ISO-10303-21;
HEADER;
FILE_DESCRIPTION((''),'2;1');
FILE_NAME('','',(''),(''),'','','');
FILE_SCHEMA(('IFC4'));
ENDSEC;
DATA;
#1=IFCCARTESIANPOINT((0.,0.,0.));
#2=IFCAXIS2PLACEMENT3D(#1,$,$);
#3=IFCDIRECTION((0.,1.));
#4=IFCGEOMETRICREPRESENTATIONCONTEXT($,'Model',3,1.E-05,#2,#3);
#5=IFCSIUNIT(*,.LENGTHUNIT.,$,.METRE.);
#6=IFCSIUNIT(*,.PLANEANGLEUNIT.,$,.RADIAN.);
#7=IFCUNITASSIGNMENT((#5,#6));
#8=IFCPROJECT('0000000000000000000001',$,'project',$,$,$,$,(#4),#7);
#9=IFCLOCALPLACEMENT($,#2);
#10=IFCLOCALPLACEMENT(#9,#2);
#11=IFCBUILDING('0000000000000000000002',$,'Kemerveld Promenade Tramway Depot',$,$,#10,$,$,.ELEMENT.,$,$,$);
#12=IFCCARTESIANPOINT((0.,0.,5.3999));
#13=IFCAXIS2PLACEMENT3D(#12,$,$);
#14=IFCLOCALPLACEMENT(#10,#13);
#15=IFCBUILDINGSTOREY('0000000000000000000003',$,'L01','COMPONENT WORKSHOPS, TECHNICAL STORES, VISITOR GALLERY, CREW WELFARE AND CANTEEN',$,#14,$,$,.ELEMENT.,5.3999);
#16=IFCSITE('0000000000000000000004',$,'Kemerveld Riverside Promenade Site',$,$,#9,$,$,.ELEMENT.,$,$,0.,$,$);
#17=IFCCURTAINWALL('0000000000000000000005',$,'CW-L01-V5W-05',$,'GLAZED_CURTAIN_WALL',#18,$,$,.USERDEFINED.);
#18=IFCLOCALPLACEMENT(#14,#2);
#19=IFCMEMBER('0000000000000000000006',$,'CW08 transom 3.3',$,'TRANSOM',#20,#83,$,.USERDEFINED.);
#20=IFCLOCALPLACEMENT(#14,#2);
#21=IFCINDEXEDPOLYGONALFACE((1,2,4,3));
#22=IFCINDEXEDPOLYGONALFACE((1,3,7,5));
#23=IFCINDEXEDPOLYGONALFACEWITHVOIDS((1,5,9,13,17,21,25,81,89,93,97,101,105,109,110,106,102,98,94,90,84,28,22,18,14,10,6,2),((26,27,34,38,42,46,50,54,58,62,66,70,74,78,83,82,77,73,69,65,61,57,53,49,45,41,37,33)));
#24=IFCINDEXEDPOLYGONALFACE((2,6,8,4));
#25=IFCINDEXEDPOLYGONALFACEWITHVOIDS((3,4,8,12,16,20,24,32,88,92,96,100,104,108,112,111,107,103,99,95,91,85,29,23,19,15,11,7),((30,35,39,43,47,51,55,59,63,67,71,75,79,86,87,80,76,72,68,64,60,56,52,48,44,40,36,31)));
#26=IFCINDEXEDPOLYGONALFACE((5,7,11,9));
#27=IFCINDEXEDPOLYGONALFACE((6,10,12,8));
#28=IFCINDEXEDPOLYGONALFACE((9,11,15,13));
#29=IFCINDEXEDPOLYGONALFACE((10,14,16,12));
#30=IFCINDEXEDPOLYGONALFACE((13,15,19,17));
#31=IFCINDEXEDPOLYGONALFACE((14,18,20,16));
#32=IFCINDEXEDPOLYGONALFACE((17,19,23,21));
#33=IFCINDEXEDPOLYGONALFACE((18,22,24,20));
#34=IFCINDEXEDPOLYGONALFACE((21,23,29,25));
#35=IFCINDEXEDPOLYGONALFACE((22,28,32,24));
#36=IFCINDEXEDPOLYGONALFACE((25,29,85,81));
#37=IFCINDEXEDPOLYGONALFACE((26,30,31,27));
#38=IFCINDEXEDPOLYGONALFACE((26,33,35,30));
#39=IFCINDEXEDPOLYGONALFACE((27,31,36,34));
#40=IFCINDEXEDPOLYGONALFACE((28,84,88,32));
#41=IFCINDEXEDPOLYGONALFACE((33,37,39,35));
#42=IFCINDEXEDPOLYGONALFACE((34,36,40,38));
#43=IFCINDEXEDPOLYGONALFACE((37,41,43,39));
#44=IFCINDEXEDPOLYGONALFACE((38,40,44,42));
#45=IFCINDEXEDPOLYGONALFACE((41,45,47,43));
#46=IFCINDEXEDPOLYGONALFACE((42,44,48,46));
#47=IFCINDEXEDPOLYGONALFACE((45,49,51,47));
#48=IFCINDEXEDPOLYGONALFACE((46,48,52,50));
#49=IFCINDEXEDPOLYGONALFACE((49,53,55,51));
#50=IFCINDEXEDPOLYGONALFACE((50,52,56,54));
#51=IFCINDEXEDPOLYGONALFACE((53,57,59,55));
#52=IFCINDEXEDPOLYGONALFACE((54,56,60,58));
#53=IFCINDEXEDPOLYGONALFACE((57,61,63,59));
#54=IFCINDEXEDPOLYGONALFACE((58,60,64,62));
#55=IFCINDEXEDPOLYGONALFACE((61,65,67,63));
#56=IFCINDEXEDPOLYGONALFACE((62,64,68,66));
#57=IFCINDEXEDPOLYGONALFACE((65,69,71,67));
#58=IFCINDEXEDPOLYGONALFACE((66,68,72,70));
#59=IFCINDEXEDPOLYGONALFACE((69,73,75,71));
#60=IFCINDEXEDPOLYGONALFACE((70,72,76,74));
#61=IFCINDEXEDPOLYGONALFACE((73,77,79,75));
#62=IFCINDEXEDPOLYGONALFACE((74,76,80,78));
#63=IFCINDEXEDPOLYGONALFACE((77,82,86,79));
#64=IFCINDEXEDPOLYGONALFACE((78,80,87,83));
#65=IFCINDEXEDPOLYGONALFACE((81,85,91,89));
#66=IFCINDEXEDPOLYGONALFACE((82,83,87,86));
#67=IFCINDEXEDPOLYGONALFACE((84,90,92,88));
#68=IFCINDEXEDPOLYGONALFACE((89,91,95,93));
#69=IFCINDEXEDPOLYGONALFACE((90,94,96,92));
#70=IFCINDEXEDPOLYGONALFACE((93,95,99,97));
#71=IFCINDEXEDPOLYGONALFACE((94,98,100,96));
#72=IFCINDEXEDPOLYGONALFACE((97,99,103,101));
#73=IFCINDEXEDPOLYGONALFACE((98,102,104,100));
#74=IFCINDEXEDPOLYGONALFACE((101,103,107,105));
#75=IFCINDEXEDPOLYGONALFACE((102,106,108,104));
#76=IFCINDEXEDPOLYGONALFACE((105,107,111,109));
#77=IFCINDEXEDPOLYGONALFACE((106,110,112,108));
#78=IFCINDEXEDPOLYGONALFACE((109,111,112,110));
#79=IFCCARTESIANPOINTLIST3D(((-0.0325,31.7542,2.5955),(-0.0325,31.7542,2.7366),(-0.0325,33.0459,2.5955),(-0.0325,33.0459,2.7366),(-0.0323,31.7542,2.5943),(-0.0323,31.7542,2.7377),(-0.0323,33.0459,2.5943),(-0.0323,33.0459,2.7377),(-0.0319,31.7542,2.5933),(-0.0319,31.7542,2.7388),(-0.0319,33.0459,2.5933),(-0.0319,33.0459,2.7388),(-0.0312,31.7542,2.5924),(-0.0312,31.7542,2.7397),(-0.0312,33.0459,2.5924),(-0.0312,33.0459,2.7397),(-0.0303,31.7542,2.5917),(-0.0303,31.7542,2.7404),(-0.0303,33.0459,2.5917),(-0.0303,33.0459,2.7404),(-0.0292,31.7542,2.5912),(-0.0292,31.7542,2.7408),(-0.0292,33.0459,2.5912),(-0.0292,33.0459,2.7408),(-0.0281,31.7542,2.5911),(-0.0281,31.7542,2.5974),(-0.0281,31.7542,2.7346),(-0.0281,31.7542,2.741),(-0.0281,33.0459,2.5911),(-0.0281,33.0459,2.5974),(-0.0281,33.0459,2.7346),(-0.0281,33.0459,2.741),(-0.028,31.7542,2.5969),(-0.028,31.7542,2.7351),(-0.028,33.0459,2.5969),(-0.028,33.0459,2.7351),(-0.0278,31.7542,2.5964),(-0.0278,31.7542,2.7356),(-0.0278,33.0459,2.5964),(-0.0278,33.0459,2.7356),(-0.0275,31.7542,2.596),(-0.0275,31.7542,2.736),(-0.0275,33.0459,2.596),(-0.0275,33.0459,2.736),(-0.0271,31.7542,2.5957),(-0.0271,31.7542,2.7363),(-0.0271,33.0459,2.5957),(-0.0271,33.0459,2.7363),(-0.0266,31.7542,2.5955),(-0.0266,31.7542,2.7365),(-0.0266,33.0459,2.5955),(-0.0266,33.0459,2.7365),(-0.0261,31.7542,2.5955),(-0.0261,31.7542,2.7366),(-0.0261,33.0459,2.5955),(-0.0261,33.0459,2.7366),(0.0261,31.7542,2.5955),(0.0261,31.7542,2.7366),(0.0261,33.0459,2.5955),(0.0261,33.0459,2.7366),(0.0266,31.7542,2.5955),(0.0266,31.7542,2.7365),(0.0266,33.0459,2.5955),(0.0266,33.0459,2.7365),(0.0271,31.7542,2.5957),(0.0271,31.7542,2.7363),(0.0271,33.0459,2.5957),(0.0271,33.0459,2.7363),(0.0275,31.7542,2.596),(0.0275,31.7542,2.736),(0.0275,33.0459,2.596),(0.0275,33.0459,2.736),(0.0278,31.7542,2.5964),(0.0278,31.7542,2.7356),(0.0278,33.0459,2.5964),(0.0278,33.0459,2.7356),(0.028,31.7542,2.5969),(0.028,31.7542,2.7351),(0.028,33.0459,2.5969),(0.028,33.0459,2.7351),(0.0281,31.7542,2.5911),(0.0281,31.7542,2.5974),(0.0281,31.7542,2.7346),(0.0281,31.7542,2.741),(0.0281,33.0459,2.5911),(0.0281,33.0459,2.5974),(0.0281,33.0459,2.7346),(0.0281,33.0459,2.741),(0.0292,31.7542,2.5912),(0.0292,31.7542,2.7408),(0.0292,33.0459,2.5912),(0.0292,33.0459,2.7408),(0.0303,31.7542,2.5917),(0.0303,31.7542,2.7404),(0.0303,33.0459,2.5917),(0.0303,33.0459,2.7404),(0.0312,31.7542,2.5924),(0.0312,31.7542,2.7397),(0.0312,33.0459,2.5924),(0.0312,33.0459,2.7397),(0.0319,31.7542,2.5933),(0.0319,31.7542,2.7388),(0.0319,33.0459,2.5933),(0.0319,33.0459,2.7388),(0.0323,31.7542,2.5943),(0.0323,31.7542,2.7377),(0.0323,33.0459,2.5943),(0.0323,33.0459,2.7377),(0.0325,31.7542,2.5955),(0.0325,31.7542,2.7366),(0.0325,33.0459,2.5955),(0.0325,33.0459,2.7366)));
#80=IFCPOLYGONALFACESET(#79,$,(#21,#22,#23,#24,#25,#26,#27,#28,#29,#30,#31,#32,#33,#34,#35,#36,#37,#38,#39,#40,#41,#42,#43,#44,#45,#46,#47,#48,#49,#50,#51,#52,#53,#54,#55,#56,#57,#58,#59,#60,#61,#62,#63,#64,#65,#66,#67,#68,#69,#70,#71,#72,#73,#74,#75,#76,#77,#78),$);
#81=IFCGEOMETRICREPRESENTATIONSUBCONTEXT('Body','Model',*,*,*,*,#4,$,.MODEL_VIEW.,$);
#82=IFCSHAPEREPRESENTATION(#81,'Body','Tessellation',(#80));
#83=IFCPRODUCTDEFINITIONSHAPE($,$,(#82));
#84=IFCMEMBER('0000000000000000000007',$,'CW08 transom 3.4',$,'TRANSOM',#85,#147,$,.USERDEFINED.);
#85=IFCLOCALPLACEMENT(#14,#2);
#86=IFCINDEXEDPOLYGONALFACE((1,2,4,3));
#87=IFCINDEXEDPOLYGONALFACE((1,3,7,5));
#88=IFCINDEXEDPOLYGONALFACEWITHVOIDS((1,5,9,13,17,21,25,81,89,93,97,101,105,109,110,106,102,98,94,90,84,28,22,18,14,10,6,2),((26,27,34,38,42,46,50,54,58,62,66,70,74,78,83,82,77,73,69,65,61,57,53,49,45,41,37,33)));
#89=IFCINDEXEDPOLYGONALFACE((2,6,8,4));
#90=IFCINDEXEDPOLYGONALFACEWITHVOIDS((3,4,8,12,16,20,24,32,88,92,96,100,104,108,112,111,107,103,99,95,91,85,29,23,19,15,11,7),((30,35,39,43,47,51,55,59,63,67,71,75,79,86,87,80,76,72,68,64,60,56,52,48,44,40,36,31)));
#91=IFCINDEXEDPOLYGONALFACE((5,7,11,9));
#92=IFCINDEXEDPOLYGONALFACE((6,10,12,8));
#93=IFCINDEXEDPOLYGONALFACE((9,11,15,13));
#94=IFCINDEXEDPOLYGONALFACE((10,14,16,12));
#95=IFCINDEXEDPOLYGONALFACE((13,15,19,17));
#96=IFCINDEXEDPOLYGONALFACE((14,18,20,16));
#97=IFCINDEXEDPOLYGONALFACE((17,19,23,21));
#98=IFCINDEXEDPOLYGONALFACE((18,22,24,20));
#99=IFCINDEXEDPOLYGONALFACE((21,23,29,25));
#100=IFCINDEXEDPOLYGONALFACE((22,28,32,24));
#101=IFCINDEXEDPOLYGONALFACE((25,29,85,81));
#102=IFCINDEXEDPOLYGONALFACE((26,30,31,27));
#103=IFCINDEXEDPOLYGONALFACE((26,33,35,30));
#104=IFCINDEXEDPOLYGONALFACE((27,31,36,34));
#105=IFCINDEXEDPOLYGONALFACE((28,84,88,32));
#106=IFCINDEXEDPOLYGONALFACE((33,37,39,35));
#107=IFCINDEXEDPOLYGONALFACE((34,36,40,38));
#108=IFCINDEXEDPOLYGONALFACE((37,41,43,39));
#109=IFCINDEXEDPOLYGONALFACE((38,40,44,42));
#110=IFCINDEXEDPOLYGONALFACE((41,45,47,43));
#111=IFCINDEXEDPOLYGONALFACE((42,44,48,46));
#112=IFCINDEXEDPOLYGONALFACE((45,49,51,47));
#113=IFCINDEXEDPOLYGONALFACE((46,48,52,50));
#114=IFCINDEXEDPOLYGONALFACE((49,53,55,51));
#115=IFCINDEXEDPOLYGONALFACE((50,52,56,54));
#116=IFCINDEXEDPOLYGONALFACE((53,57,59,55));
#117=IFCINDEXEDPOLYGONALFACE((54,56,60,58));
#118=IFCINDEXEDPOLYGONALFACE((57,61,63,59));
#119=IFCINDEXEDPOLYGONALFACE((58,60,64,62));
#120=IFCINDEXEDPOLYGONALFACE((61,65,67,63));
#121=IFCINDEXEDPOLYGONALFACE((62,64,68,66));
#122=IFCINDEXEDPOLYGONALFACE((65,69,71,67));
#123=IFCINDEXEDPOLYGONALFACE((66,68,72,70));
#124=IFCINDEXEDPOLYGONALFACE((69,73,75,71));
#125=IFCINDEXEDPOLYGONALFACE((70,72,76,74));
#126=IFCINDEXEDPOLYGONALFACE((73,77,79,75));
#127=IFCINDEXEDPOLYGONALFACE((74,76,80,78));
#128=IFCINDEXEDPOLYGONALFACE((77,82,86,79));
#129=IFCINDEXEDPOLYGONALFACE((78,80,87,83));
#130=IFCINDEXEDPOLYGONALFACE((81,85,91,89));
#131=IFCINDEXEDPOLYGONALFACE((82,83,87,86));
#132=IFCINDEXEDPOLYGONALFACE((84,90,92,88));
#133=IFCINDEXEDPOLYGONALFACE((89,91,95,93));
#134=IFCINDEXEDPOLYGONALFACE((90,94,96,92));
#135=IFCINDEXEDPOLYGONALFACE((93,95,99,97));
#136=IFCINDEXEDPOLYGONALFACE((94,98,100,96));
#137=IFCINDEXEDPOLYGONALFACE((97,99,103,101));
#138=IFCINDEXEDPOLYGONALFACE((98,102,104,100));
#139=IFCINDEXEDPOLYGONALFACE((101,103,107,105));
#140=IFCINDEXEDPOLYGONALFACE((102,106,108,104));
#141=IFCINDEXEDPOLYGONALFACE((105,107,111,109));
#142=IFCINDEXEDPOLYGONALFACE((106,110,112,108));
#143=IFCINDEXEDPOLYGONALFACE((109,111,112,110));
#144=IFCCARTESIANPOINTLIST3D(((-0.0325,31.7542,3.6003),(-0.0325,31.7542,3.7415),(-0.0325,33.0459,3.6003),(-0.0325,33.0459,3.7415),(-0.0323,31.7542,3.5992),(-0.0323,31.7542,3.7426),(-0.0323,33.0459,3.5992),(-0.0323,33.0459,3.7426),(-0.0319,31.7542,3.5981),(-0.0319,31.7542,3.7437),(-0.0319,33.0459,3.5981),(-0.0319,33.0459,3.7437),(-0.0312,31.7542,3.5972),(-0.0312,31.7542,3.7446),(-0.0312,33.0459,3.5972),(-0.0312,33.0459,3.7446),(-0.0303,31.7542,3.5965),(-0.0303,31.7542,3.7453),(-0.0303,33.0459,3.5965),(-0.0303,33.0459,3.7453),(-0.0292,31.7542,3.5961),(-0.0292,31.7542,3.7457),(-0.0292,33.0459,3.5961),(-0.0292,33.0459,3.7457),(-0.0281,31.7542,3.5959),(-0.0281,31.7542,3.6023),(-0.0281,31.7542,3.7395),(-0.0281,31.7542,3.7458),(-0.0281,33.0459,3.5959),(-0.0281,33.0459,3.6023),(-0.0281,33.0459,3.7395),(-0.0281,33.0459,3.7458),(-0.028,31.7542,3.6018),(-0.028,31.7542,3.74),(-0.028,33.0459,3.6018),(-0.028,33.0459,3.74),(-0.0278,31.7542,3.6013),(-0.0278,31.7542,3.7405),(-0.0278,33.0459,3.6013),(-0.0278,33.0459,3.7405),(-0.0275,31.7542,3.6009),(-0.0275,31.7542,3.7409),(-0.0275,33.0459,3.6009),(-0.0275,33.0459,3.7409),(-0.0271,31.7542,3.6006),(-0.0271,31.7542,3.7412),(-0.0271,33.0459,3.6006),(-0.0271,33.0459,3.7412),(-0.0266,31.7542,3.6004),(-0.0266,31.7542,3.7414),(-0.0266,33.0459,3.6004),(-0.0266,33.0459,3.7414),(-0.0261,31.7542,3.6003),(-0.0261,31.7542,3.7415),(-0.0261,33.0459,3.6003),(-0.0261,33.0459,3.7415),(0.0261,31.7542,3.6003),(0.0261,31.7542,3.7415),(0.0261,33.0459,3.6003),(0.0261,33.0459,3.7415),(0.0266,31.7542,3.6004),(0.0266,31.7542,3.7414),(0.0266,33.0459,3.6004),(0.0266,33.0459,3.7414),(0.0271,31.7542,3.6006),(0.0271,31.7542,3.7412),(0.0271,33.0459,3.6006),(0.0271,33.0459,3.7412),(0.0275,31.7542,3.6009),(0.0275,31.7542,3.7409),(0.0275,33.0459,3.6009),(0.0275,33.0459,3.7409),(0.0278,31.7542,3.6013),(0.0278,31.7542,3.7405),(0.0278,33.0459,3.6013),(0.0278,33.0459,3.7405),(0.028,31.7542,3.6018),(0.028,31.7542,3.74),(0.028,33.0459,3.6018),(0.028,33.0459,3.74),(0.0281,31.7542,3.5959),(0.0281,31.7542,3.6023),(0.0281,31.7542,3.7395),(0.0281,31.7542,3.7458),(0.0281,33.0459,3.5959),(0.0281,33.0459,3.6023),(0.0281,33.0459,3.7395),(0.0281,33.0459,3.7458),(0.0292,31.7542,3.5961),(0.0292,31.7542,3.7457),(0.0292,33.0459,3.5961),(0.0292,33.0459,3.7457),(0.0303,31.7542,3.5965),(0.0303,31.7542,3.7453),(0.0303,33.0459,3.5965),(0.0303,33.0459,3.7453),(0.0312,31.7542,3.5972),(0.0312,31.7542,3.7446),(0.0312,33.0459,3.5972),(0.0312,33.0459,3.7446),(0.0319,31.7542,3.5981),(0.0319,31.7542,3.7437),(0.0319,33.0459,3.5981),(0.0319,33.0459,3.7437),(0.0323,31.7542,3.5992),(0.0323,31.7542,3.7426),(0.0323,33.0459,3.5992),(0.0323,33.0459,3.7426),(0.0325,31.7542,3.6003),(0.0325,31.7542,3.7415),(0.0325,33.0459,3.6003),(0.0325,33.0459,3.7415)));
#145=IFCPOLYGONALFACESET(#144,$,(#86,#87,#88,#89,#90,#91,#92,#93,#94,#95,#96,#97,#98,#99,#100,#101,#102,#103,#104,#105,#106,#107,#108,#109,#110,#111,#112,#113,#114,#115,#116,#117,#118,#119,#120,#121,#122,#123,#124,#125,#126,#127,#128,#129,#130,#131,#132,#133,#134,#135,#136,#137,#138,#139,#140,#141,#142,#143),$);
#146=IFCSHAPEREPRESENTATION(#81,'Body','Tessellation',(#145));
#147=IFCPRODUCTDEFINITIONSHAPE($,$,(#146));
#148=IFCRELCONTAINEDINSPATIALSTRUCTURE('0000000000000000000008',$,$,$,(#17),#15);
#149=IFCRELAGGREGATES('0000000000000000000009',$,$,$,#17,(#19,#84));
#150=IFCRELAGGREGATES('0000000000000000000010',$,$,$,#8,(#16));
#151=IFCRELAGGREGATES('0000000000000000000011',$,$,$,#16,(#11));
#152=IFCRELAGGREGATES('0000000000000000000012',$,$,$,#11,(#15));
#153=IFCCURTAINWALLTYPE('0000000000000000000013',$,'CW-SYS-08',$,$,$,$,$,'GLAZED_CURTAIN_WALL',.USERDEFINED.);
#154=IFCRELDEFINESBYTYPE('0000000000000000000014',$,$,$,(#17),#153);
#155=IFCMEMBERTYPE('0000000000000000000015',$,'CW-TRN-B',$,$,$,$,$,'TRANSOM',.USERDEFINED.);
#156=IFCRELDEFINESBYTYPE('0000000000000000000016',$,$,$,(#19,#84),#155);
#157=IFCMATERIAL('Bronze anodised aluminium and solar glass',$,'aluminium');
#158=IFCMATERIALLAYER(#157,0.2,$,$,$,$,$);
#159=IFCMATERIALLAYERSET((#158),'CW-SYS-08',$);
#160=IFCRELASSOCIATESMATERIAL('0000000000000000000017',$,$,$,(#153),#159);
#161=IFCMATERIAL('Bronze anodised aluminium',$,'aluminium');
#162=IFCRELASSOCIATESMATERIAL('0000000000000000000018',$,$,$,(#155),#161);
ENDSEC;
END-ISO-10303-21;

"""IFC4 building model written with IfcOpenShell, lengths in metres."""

from ifc_helpers import new_model, si_unit, direction, frame, origin, origin_2d, place, context, subcontext, project, spatial, hollow_rectangle, extrude, material, layer, layer_set, material_profile, profile_set, type_object, element, aggregate, save


model = new_model("IFC4")

# Units and contexts
model_context = context("Model", 3, precision=1e-05, world=origin(), true_north=direction((0.0, 1.0)))
body_context = subcontext(model_context, "Body", "Model", "MODEL_VIEW")
ifc_project = project(units=[si_unit("LENGTHUNIT", "METRE"), si_unit("PLANEANGLEUNIT", "RADIAN")], contexts=[model_context])

# Site, building, storey
site_placement = place(None, origin())
site = spatial("IfcSite", under=ifc_project, at=site_placement, Name="Kemerveld Riverside Promenade Site", CompositionType="ELEMENT", RefElevation=0.0)
building_placement = place(site_placement, origin())
building = spatial("IfcBuilding", under=site, at=building_placement, Name="Kemerveld Promenade Tramway Depot", CompositionType="ELEMENT")
storey_placement = place(building_placement, frame((0.0, 0.0, 5.3999)))
storey = spatial("IfcBuildingStorey", under=building, at=storey_placement, Name="L01", Description="COMPONENT WORKSHOPS, TECHNICAL STORES, VISITOR GALLERY, CREW WELFARE AND CANTEEN", CompositionType="ELEMENT", Elevation=5.3999)

# Curtain wall, members
ifc_material_1 = material(Name="Bronze anodised aluminium and solar glass", Category="aluminium")
ifc_layer_1 = layer(ifc_material_1, 0.2)
ifc_layer_set_1 = layer_set([ifc_layer_1], Name="CW-SYS-08")
curtain_wall_type = type_object("IfcCurtainWallType", Name="CW-SYS-08", ElementType="GLAZED_CURTAIN_WALL", PredefinedType="USERDEFINED", material=ifc_layer_set_1)
curtain_wall_placement = place(storey_placement, origin())
curtain_wall = element("IfcCurtainWall", 1, at=curtain_wall_placement, inside=storey, type_object=curtain_wall_type, Name="CW-L01-V5W-05", ObjectType="GLAZED_CURTAIN_WALL", PredefinedType="USERDEFINED")
ifc_material_2 = material(Name="Bronze anodised aluminium", Category="aluminium")
ifc_material_profile_1 = material_profile(ifc_material_2, hollow_rectangle(XDim=0.0649, YDim=0.1499, WallThickness=0.0044, InnerFilletRadius=0.002, OuterFilletRadius=0.0044, at=origin_2d()), Name="CW-TRN-150x65")
ifc_profile_set_1 = profile_set([ifc_material_profile_1], Name="Bronze anodised aluminium")
member_type_1 = type_object("IfcMemberType", Name="CW-TRN-B", ElementType="TRANSOM", PredefinedType="USERDEFINED", material=ifc_profile_set_1)
member_1_placement = place(storey_placement, frame((0.0, 31.7542, 2.666), z_axis=(0.0, 1.0, 0.0), x_axis=(-1.0, 0.0, 0.0)))
member_1 = element("IfcMember", 2, at=member_1_placement, type_object=member_type_1, Name="CW08 transom 3.3", ObjectType="TRANSOM", PredefinedType="USERDEFINED", context=body_context, shape_type="SweptSolid", body=[
    extrude(hollow_rectangle(XDim=0.0649, YDim=0.1499, WallThickness=0.0044, InnerFilletRadius=0.002, OuterFilletRadius=0.0044, at=origin_2d()), origin(), (0.0, 0.0, 1.0), 1.2917),
])
member_2_placement = place(storey_placement, frame((0.0, 31.7542, 3.6709), z_axis=(0.0, 1.0, 0.0), x_axis=(-1.0, 0.0, 0.0)))
member_2 = element("IfcMember", 3, at=member_2_placement, type_object=member_type_1, Name="CW08 transom 3.4", ObjectType="TRANSOM", PredefinedType="USERDEFINED", context=body_context, shape_type="SweptSolid", body=[
    extrude(hollow_rectangle(XDim=0.0649, YDim=0.1499, WallThickness=0.0044, InnerFilletRadius=0.002, OuterFilletRadius=0.0044, at=origin_2d()), origin(), (0.0, 0.0, 1.0), 1.2917),
])
aggregate(curtain_wall, [member_1, member_2])

save(model, "model.ifc")
